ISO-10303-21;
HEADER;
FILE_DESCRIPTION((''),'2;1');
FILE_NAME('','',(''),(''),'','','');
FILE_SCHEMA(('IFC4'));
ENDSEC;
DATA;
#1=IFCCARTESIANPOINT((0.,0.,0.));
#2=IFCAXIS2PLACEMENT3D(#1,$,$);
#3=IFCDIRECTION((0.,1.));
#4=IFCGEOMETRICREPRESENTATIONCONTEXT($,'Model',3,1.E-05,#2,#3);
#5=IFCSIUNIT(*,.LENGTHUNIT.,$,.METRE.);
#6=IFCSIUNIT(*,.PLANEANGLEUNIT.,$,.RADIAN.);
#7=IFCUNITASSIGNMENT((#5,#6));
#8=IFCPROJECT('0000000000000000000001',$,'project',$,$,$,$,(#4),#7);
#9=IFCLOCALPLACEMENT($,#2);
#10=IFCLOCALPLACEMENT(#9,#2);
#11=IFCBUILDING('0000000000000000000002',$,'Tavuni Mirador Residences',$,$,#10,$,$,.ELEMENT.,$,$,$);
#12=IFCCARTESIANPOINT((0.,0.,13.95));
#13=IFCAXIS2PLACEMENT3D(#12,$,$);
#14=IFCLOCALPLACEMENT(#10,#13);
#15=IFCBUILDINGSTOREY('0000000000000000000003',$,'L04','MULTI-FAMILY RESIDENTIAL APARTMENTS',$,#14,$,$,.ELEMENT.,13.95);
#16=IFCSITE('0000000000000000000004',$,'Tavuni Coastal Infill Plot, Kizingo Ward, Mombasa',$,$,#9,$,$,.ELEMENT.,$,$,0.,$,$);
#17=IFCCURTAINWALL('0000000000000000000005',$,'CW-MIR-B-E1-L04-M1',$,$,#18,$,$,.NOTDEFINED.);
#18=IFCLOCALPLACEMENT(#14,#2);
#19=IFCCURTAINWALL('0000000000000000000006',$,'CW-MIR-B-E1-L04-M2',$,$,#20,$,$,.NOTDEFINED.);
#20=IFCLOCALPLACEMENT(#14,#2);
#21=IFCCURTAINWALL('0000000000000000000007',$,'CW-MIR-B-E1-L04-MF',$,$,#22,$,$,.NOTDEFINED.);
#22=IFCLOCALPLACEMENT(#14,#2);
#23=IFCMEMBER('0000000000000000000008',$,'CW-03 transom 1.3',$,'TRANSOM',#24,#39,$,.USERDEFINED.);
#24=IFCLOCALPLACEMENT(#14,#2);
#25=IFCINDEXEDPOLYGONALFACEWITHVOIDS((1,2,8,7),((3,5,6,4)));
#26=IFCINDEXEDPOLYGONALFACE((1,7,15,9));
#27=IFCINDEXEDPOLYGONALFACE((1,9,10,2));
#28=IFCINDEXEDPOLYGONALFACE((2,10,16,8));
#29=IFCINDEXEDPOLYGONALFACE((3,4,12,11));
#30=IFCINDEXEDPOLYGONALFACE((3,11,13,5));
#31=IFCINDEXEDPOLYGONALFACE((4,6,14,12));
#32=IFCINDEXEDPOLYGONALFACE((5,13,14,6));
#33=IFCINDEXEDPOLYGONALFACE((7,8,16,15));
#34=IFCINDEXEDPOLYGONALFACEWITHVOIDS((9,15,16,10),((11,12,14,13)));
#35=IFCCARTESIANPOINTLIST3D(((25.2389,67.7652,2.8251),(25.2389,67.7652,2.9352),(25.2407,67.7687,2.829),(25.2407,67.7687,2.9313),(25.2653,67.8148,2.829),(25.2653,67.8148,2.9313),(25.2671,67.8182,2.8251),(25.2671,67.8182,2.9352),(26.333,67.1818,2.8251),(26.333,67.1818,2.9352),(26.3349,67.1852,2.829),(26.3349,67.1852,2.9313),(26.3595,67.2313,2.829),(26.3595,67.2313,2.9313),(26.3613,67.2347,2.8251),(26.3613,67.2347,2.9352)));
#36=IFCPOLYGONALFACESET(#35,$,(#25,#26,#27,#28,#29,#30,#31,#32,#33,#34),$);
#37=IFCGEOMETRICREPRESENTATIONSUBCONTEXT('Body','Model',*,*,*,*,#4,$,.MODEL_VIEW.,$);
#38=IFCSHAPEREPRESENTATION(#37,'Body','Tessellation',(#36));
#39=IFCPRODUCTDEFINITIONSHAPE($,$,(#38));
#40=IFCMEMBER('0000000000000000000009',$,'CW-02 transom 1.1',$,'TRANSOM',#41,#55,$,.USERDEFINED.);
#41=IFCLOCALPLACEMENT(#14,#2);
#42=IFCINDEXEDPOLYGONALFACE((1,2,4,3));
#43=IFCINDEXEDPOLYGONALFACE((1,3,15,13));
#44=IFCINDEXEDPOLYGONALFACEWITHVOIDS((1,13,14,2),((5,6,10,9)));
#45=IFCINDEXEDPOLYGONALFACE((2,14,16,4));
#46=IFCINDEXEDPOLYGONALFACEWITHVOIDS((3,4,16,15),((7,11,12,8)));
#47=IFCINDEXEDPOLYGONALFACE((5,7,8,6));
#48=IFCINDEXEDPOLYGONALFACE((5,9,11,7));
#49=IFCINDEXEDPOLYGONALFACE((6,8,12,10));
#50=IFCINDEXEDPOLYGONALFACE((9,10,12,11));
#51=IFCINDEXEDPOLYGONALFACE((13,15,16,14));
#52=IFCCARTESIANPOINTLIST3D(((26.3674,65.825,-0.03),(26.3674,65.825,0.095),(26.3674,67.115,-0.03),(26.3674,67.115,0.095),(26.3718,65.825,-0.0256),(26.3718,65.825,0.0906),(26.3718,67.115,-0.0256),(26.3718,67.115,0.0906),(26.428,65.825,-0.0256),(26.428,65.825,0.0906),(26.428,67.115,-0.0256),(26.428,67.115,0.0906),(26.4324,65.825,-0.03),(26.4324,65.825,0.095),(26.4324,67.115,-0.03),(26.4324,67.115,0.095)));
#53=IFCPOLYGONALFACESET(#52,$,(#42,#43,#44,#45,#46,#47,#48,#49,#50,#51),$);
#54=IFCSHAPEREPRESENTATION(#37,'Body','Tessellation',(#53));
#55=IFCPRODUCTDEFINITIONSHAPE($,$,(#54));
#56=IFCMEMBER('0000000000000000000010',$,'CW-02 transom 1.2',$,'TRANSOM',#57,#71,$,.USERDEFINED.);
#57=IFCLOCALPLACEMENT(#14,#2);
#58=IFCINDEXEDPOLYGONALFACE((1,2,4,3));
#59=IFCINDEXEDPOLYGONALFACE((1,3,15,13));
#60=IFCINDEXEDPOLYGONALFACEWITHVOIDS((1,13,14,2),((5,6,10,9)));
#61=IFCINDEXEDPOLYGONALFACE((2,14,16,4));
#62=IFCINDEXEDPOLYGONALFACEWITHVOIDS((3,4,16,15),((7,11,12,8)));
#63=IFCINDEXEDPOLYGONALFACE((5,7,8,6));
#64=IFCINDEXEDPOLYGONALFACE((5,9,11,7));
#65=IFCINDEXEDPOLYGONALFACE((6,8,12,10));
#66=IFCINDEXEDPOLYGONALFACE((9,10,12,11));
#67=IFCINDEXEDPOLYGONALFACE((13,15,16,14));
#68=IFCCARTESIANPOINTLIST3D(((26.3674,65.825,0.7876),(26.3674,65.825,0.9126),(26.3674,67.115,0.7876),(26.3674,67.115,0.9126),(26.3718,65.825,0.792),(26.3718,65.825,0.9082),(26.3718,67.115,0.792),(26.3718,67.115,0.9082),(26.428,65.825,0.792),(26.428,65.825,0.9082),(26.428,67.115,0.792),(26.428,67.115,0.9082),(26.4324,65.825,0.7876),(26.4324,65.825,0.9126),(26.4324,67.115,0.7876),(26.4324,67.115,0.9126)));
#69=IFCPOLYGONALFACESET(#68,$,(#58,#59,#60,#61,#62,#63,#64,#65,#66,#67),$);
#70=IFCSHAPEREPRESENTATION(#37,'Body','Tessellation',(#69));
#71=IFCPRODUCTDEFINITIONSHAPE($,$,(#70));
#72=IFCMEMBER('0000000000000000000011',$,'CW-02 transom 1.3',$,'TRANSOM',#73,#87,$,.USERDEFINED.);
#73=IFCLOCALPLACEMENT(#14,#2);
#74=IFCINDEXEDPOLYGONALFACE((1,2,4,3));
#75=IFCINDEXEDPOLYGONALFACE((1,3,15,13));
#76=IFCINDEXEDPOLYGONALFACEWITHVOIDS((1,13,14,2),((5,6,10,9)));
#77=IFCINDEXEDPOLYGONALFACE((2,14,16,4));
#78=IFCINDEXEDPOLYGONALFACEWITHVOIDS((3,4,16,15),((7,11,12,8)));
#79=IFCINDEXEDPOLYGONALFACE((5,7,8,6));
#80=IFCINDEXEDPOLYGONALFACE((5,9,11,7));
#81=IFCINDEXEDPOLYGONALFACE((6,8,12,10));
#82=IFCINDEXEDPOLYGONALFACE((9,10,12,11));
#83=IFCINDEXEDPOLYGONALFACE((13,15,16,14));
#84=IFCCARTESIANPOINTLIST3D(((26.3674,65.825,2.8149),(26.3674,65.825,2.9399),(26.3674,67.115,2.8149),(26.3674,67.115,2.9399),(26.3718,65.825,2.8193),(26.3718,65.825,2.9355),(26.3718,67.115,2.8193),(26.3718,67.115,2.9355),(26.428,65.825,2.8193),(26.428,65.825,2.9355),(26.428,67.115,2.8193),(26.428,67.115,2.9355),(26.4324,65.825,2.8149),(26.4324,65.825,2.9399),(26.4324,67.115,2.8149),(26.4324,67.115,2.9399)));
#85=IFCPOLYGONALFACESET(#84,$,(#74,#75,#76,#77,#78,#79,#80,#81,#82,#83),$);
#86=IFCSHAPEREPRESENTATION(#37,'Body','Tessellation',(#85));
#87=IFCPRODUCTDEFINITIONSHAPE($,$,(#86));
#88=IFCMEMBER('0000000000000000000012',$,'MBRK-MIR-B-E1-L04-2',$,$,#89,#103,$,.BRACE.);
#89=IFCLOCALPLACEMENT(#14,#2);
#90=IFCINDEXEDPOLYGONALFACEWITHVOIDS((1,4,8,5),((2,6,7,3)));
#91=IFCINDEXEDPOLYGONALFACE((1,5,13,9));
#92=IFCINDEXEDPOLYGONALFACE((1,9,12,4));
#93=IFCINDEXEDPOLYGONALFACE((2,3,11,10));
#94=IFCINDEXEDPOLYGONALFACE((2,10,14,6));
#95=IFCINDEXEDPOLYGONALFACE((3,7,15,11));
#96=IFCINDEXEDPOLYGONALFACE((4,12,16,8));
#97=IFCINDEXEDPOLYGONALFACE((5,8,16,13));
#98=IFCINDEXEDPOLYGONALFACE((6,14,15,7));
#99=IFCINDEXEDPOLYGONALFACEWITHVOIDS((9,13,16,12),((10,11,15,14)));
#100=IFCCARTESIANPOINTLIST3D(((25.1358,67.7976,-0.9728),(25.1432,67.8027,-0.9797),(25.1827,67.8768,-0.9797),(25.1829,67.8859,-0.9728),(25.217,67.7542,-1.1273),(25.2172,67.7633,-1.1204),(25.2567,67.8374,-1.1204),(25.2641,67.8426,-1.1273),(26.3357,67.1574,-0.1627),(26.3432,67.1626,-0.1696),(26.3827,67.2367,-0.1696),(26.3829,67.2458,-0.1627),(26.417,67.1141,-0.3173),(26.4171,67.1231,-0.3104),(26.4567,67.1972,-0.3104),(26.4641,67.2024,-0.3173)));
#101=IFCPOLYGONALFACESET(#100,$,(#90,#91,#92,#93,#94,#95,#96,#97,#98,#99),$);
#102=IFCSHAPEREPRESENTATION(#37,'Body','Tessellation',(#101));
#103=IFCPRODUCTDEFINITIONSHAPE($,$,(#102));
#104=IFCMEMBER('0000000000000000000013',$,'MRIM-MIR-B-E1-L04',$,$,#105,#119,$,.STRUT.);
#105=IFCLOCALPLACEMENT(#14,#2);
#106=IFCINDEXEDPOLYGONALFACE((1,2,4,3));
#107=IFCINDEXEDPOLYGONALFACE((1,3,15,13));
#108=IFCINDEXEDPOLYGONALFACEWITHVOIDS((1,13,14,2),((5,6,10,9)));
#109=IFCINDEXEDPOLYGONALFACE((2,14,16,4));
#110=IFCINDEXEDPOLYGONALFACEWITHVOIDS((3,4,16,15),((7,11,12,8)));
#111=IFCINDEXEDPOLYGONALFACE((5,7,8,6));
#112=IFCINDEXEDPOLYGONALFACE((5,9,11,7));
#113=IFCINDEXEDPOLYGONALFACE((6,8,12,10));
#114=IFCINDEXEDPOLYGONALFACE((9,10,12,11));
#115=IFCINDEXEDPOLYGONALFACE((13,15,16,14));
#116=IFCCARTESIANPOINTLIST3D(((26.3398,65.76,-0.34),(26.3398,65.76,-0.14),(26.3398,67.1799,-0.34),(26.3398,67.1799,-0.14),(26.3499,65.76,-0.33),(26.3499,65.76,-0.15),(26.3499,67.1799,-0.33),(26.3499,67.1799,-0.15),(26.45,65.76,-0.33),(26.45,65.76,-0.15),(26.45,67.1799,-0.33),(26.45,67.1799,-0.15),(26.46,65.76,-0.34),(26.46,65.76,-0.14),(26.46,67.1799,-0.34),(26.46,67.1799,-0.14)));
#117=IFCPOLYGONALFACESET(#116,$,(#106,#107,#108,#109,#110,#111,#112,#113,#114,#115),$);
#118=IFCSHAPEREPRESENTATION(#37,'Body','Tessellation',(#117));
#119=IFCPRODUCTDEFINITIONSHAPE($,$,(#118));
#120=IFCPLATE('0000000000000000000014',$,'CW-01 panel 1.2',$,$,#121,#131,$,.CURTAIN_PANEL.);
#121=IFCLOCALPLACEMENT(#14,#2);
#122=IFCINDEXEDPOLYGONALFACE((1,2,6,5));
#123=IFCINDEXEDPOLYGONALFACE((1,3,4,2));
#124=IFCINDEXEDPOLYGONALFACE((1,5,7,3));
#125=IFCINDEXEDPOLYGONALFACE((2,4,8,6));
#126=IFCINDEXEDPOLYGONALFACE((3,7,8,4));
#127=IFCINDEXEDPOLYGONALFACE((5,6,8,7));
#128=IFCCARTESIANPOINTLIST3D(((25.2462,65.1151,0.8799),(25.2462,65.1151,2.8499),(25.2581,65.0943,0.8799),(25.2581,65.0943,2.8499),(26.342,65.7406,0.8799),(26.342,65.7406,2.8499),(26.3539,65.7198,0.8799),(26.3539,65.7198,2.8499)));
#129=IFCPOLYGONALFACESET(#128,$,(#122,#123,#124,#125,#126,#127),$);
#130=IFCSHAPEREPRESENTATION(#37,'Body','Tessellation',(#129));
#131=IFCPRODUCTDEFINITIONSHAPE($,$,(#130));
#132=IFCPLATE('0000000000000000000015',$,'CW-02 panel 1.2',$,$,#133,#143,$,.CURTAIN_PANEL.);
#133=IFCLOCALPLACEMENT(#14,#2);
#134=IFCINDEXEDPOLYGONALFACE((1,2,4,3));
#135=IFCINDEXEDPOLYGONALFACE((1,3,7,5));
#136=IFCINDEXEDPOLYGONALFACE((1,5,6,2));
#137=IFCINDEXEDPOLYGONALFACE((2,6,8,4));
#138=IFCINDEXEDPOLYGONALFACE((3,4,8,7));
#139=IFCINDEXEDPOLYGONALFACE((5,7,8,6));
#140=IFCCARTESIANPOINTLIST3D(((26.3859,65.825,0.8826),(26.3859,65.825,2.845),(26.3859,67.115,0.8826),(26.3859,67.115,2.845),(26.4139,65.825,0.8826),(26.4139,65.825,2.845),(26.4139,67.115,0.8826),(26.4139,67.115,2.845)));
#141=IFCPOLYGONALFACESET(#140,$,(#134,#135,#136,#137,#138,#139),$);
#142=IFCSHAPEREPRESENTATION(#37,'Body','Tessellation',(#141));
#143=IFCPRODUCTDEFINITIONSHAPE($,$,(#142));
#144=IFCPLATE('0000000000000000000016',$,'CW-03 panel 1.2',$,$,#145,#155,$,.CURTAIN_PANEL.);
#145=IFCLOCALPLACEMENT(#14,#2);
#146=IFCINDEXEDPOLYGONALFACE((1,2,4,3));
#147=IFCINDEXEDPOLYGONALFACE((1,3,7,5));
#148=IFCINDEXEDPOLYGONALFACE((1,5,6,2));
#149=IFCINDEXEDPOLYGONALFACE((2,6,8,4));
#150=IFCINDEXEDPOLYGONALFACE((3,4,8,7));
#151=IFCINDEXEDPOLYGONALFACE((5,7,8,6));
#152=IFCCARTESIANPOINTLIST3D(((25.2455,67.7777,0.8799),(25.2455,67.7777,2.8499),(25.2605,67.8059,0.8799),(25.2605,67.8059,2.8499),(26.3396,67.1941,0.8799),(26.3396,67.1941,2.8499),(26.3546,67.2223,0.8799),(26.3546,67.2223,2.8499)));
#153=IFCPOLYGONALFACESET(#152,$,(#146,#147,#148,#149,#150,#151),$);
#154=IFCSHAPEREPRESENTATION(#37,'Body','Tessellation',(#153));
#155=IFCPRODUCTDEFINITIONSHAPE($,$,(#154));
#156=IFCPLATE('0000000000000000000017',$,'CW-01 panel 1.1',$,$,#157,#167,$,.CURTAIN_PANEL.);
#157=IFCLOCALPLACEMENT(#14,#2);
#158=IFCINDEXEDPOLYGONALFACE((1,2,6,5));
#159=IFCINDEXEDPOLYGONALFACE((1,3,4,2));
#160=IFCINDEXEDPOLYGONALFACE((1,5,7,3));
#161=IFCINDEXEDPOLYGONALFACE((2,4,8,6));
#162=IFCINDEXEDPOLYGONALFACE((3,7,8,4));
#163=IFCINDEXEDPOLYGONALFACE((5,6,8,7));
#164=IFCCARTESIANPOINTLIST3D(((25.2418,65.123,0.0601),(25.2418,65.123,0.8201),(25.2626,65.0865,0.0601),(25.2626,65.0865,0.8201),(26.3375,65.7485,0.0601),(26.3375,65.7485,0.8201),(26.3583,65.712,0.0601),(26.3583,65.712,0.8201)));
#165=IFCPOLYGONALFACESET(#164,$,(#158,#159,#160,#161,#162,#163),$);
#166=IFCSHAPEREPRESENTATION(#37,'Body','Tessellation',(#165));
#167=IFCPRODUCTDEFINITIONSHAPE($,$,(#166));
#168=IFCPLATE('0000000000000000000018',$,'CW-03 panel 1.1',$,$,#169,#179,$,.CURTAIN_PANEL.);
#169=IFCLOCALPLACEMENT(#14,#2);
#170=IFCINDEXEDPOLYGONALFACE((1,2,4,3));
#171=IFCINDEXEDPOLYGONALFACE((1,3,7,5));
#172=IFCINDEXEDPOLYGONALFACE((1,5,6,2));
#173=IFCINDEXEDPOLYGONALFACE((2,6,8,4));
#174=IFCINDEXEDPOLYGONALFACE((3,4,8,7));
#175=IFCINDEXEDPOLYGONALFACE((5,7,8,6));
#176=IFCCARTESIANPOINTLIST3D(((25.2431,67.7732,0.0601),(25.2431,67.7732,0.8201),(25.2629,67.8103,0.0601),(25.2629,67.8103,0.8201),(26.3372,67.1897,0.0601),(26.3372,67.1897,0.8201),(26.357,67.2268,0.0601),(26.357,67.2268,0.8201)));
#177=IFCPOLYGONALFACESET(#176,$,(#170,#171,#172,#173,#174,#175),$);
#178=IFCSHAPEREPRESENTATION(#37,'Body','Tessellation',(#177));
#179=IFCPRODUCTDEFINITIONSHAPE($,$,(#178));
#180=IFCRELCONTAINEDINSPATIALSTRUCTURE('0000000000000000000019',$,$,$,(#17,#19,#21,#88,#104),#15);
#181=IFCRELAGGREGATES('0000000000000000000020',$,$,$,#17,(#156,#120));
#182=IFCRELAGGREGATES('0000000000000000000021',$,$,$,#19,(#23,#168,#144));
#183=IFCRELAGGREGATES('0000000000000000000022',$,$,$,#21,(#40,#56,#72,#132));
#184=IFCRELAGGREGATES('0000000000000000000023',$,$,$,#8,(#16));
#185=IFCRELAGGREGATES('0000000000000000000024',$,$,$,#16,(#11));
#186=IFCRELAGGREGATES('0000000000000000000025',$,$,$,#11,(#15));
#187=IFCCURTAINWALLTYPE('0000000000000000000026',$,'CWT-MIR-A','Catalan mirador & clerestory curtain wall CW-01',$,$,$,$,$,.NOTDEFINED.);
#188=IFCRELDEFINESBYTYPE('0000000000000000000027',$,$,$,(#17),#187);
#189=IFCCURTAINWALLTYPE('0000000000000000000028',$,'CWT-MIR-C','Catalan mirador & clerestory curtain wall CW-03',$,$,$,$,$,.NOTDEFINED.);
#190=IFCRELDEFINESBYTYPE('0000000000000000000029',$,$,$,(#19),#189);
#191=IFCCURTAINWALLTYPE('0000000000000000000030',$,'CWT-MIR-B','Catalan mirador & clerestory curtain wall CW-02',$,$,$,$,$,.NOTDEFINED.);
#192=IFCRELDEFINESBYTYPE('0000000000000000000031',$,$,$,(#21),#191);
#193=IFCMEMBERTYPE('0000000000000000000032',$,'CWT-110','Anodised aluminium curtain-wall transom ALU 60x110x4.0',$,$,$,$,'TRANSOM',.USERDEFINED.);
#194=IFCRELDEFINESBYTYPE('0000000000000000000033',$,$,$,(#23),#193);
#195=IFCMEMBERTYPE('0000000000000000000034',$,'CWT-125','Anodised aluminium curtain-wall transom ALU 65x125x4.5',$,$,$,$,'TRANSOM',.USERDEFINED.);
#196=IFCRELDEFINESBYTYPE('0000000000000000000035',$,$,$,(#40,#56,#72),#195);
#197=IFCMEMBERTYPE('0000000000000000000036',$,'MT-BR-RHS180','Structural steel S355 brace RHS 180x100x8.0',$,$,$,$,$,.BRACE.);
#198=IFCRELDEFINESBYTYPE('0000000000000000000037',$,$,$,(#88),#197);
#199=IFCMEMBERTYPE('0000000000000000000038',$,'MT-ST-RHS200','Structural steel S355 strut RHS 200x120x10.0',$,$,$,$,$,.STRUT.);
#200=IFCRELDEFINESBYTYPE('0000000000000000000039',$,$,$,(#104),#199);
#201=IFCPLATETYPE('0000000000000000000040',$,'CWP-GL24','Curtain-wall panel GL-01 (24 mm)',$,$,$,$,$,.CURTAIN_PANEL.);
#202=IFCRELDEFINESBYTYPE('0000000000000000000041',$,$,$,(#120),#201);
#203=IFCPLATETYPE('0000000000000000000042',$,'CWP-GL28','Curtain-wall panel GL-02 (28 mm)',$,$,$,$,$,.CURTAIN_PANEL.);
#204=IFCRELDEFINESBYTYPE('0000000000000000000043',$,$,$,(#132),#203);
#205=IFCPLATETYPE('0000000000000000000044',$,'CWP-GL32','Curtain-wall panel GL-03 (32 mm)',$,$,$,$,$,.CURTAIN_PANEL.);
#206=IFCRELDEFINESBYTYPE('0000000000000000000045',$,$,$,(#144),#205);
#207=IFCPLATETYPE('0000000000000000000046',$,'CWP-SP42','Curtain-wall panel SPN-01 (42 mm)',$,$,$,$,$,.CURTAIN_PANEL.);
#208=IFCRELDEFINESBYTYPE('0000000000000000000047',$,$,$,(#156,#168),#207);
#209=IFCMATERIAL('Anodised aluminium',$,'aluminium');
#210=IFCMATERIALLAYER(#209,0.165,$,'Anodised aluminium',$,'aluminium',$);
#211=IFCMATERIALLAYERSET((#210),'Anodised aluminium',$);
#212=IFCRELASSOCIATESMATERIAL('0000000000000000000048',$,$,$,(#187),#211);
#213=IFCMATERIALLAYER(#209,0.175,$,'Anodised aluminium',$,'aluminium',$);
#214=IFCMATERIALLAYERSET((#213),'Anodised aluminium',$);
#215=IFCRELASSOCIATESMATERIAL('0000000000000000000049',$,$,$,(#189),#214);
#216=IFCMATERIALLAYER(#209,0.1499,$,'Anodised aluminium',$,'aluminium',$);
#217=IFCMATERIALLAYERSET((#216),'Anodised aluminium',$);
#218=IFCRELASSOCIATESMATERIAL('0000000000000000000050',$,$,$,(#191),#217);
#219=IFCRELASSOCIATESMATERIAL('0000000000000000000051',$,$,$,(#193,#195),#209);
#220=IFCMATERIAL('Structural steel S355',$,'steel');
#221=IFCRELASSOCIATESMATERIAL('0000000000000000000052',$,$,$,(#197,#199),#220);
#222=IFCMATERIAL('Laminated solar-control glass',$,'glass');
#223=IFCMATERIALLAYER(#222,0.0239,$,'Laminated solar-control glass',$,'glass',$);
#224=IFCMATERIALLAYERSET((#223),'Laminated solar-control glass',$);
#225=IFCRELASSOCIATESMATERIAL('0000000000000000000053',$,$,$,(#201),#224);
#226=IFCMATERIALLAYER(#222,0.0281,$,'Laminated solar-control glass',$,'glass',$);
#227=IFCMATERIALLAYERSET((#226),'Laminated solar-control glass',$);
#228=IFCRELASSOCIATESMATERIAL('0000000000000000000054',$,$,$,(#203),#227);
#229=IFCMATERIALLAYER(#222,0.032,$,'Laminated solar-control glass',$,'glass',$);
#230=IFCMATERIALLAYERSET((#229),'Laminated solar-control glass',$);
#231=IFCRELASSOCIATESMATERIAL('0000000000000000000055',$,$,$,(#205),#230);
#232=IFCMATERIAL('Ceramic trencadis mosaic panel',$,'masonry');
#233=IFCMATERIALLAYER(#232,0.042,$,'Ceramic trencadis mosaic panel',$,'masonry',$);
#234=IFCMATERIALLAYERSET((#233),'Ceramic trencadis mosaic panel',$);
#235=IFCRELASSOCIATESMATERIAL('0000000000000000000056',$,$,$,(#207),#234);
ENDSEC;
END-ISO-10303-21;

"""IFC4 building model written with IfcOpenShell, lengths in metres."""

from ifc_helpers import new_model, si_unit, direction, frame, origin, origin_2d, place, context, subcontext, project, spatial, rectangle, hollow_rectangle, extrude, material, layer, layer_set, material_profile, profile_set, type_object, element, aggregate, save


model = new_model("IFC4")

# Units and contexts
model_context = context("Model", 3, precision=1e-05, world=origin(), true_north=direction((0.0, 1.0)))
body_context = subcontext(model_context, "Body", "Model", "MODEL_VIEW")
ifc_project = project(units=[si_unit("LENGTHUNIT", "METRE"), si_unit("PLANEANGLEUNIT", "RADIAN")], contexts=[model_context])

# Site, building, storey
site_placement = place(None, origin())
site = spatial("IfcSite", under=ifc_project, at=site_placement, Name="Tavuni Coastal Infill Plot, Kizingo Ward, Mombasa", CompositionType="ELEMENT", RefElevation=0.0)
building_placement = place(site_placement, origin())
building = spatial("IfcBuilding", under=site, at=building_placement, Name="Tavuni Mirador Residences", CompositionType="ELEMENT")
storey_placement = place(building_placement, frame((0.0, 0.0, 13.95)))
storey = spatial("IfcBuildingStorey", under=building, at=storey_placement, Name="L04", Description="MULTI-FAMILY RESIDENTIAL APARTMENTS", CompositionType="ELEMENT", Elevation=13.95)

# Curtain wall
ifc_material_1 = material(Name="Anodised aluminium", Category="aluminium")
ifc_layer_1 = layer(ifc_material_1, 0.165, Name="Anodised aluminium", Category="aluminium")
ifc_layer_set_1 = layer_set([ifc_layer_1], Name="Anodised aluminium")
curtain_wall_type_1 = type_object("IfcCurtainWallType", Name="CWT-MIR-A", Description="Catalan mirador & clerestory curtain wall CW-01", PredefinedType="NOTDEFINED", material=ifc_layer_set_1)
curtain_wall_1_placement = place(storey_placement, origin())
curtain_wall_1 = element("IfcCurtainWall", 1, at=curtain_wall_1_placement, inside=storey, type_object=curtain_wall_type_1, Name="CW-MIR-B-E1-L04-M1", PredefinedType="NOTDEFINED")

# Curtain walls
ifc_layer_2 = layer(ifc_material_1, 0.175, Name="Anodised aluminium", Category="aluminium")
ifc_layer_set_2 = layer_set([ifc_layer_2], Name="Anodised aluminium")
curtain_wall_type_2 = type_object("IfcCurtainWallType", Name="CWT-MIR-C", Description="Catalan mirador & clerestory curtain wall CW-03", PredefinedType="NOTDEFINED", material=ifc_layer_set_2)
curtain_wall_2_placement = place(storey_placement, origin())
curtain_wall_2 = element("IfcCurtainWall", 2, at=curtain_wall_2_placement, inside=storey, type_object=curtain_wall_type_2, Name="CW-MIR-B-E1-L04-M2", PredefinedType="NOTDEFINED")
ifc_layer_3 = layer(ifc_material_1, 0.1499, Name="Anodised aluminium", Category="aluminium")
ifc_layer_set_3 = layer_set([ifc_layer_3], Name="Anodised aluminium")
curtain_wall_type_3 = type_object("IfcCurtainWallType", Name="CWT-MIR-B", Description="Catalan mirador & clerestory curtain wall CW-02", PredefinedType="NOTDEFINED", material=ifc_layer_set_3)
curtain_wall_3_placement = place(storey_placement, origin())
curtain_wall_3 = element("IfcCurtainWall", 3, at=curtain_wall_3_placement, inside=storey, type_object=curtain_wall_type_3, Name="CW-MIR-B-E1-L04-MF", PredefinedType="NOTDEFINED")

# Members
ifc_material_profile_1 = material_profile(ifc_material_1, hollow_rectangle(XDim=0.0601, YDim=0.1101, WallThickness=0.0039, at=origin_2d()), Name="ALU 60x110x4.0", Category="aluminium")
ifc_profile_set_1 = profile_set([ifc_material_profile_1], Name="Anodised aluminium")
member_type_1 = type_object("IfcMemberType", Name="CWT-110", Description="Anodised aluminium curtain-wall transom ALU 60x110x4.0", ElementType="TRANSOM", PredefinedType="USERDEFINED", material=ifc_profile_set_1)
member_1_placement = place(storey_placement, frame((26.3472, 67.2083, 2.8801), z_axis=(-0.882386, 0.470527, 0.0), x_axis=(-0.470527, -0.882386, 0.0)))
member_1 = element("IfcMember", 4, at=member_1_placement, type_object=member_type_1, Name="CW-03 transom 1.3", ObjectType="TRANSOM", PredefinedType="USERDEFINED", context=body_context, shape_type="SweptSolid", body=[
    extrude(hollow_rectangle(XDim=0.0601, YDim=0.1101, WallThickness=0.0039, at=origin_2d()), origin(), (0.0, 0.0, 1.0), 1.24),
])
ifc_material_profile_2 = material_profile(ifc_material_1, hollow_rectangle(XDim=0.0649, YDim=0.125, WallThickness=0.0044, at=origin_2d()), Name="ALU 65x125x4.5", Category="aluminium")
ifc_profile_set_2 = profile_set([ifc_material_profile_2], Name="Anodised aluminium")
member_type_2 = type_object("IfcMemberType", Name="CWT-125", Description="Anodised aluminium curtain-wall transom ALU 65x125x4.5", ElementType="TRANSOM", PredefinedType="USERDEFINED", material=ifc_profile_set_2)
member_2_placement = place(storey_placement, frame((26.3999, 65.825, 0.0325), z_axis=(0.0, 1.0, 0.0), x_axis=(-1.0, 0.0, 0.0)))
member_2 = element("IfcMember", 5, at=member_2_placement, type_object=member_type_2, Name="CW-02 transom 1.1", ObjectType="TRANSOM", PredefinedType="USERDEFINED", context=body_context, shape_type="SweptSolid", body=[
    extrude(hollow_rectangle(XDim=0.0649, YDim=0.125, WallThickness=0.0044, at=origin_2d()), origin(), (0.0, 0.0, 1.0), 1.29),
])
member_3_placement = place(storey_placement, frame((26.3999, 65.825, 0.8501), z_axis=(0.0, 1.0, 0.0), x_axis=(-1.0, 0.0, 0.0)))
member_3 = element("IfcMember", 6, at=member_3_placement, type_object=member_type_2, Name="CW-02 transom 1.2", ObjectType="TRANSOM", PredefinedType="USERDEFINED", context=body_context, shape_type="SweptSolid", body=[
    extrude(hollow_rectangle(XDim=0.0649, YDim=0.125, WallThickness=0.0044, at=origin_2d()), origin(), (0.0, 0.0, 1.0), 1.29),
])
member_4_placement = place(storey_placement, frame((26.3999, 65.825, 2.8774), z_axis=(0.0, 1.0, 0.0), x_axis=(-1.0, 0.0, 0.0)))
member_4 = element("IfcMember", 7, at=member_4_placement, type_object=member_type_2, Name="CW-02 transom 1.3", ObjectType="TRANSOM", PredefinedType="USERDEFINED", context=body_context, shape_type="SweptSolid", body=[
    extrude(hollow_rectangle(XDim=0.0649, YDim=0.125, WallThickness=0.0044, at=origin_2d()), origin(), (0.0, 0.0, 1.0), 1.29),
])

# Members
ifc_material_2 = material(Name="Structural steel S355", Category="steel")
ifc_material_profile_3 = material_profile(ifc_material_2, hollow_rectangle(XDim=0.1001, YDim=0.1799, WallThickness=0.0081, at=origin_2d()), Name="RHS 180x100x8.0", Category="steel")
ifc_profile_set_3 = profile_set([ifc_material_profile_3], Name="Structural steel S355")
member_type_3 = type_object("IfcMemberType", Name="MT-BR-RHS180", Description="Structural steel S355 brace RHS 180x100x8.0", PredefinedType="BRACE", material=ifc_profile_set_3)
member_5_placement = place(storey_placement, frame((25.2, 67.8201, -1.05), z_axis=(0.758029, -0.404385, 0.511727), x_axis=(0.470681, 0.882303, 0.0)))
element("IfcMember", 8, at=member_5_placement, inside=storey, type_object=member_type_3, Name="MBRK-MIR-B-E1-L04-2", PredefinedType="BRACE", context=body_context, shape_type="SweptSolid", body=[
    extrude(hollow_rectangle(XDim=0.1001, YDim=0.1799, WallThickness=0.0081, at=origin_2d()), origin(), (0.0, 0.0, 1.0), 1.583),
])
ifc_material_profile_4 = material_profile(ifc_material_2, hollow_rectangle(XDim=0.1201, YDim=0.2, WallThickness=0.01, at=origin_2d()), Name="RHS 200x120x10.0", Category="steel")
ifc_profile_set_4 = profile_set([ifc_material_profile_4], Name="Structural steel S355")
member_type_4 = type_object("IfcMemberType", Name="MT-ST-RHS200", Description="Structural steel S355 strut RHS 200x120x10.0", PredefinedType="STRUT", material=ifc_profile_set_4)
member_6_placement = place(storey_placement, frame((26.3999, 65.76, -0.24), z_axis=(0.0, 1.0, 0.0), x_axis=(-1.0, 0.0, 0.0)))
element("IfcMember", 9, at=member_6_placement, inside=storey, type_object=member_type_4, Name="MRIM-MIR-B-E1-L04", PredefinedType="STRUT", context=body_context, shape_type="SweptSolid", body=[
    extrude(hollow_rectangle(XDim=0.1201, YDim=0.2, WallThickness=0.01, at=origin_2d()), origin(), (0.0, 0.0, 1.0), 1.4199),
])

# Plates
ifc_material_3 = material(Name="Laminated solar-control glass", Category="glass")
ifc_layer_4 = layer(ifc_material_3, 0.0239, Name="Laminated solar-control glass", Category="glass")
ifc_layer_set_4 = layer_set([ifc_layer_4], Name="Laminated solar-control glass")
plate_type_1 = type_object("IfcPlateType", Name="CWP-GL24", Description="Curtain-wall panel GL-01 (24 mm)", PredefinedType="CURTAIN_PANEL", material=ifc_layer_set_4)
plate_1_placement = place(storey_placement, frame((25.8, 65.4175, 0.8799), z_axis=(0.0, 0.0, 1.0), x_axis=(0.868466, 0.495749, 0.0)))
plate_1 = element("IfcPlate", 10, at=plate_1_placement, type_object=plate_type_1, Name="CW-01 panel 1.2", PredefinedType="CURTAIN_PANEL", context=body_context, shape_type="SweptSolid", body=[
    extrude(rectangle(XDim=1.2617, YDim=0.0239, at=origin_2d()), origin(), (0.0, 0.0, 1.0), 1.97),
])
ifc_layer_5 = layer(ifc_material_3, 0.0281, Name="Laminated solar-control glass", Category="glass")
ifc_layer_set_5 = layer_set([ifc_layer_5], Name="Laminated solar-control glass")
plate_type_2 = type_object("IfcPlateType", Name="CWP-GL28", Description="Curtain-wall panel GL-02 (28 mm)", PredefinedType="CURTAIN_PANEL", material=ifc_layer_set_5)
plate_2_placement = place(storey_placement, frame((26.3999, 66.47, 0.8826), z_axis=(0.0, 0.0, 1.0), x_axis=(0.0, 1.0, 0.0)))
plate_2 = element("IfcPlate", 11, at=plate_2_placement, type_object=plate_type_2, Name="CW-02 panel 1.2", PredefinedType="CURTAIN_PANEL", context=body_context, shape_type="SweptSolid", body=[
    extrude(rectangle(XDim=1.29, YDim=0.0281, at=origin_2d()), origin(), (0.0, 0.0, 1.0), 1.9624),
])
ifc_layer_6 = layer(ifc_material_3, 0.032, Name="Laminated solar-control glass", Category="glass")
ifc_layer_set_6 = layer_set([ifc_layer_6], Name="Laminated solar-control glass")
plate_type_3 = type_object("IfcPlateType", Name="CWP-GL32", Description="Curtain-wall panel GL-03 (32 mm)", PredefinedType="CURTAIN_PANEL", material=ifc_layer_set_6)
plate_3_placement = place(storey_placement, frame((25.8, 67.5, 0.8799), z_axis=(0.0, 0.0, 1.0), x_axis=(-0.882353, 0.470588, 0.0)))
plate_3 = element("IfcPlate", 12, at=plate_3_placement, type_object=plate_type_3, Name="CW-03 panel 1.2", PredefinedType="CURTAIN_PANEL", context=body_context, shape_type="SweptSolid", body=[
    extrude(rectangle(XDim=1.24, YDim=0.032, at=origin_2d()), origin(), (0.0, 0.0, 1.0), 1.97),
])
ifc_material_4 = material(Name="Ceramic trencadis mosaic panel", Category="masonry")
ifc_layer_7 = layer(ifc_material_4, 0.042, Name="Ceramic trencadis mosaic panel", Category="masonry")
ifc_layer_set_7 = layer_set([ifc_layer_7], Name="Ceramic trencadis mosaic panel")
plate_type_4 = type_object("IfcPlateType", Name="CWP-SP42", Description="Curtain-wall panel SPN-01 (42 mm)", PredefinedType="CURTAIN_PANEL", material=ifc_layer_set_7)
plate_4_placement = place(storey_placement, frame((25.8, 65.4175, 0.0601), z_axis=(0.0, 0.0, 1.0), x_axis=(0.868466, 0.495749, 0.0)))
plate_4 = element("IfcPlate", 13, at=plate_4_placement, type_object=plate_type_4, Name="CW-01 panel 1.1", PredefinedType="CURTAIN_PANEL", context=body_context, shape_type="SweptSolid", body=[
    extrude(rectangle(XDim=1.2617, YDim=0.042, at=origin_2d()), origin(), (0.0, 0.0, 1.0), 0.76),
])
aggregate(curtain_wall_1, [plate_4, plate_1])
plate_5_placement = place(storey_placement, frame((25.8, 67.5, 0.0601), z_axis=(0.0, 0.0, 1.0), x_axis=(-0.882353, 0.470588, 0.0)))
plate_5 = element("IfcPlate", 14, at=plate_5_placement, type_object=plate_type_4, Name="CW-03 panel 1.1", PredefinedType="CURTAIN_PANEL", context=body_context, shape_type="SweptSolid", body=[
    extrude(rectangle(XDim=1.24, YDim=0.042, at=origin_2d()), origin(), (0.0, 0.0, 1.0), 0.76),
])
aggregate(curtain_wall_2, [member_1, plate_5, plate_3])
aggregate(curtain_wall_3, [member_2, member_3, member_4, plate_2])

save(model, "model.ifc")
